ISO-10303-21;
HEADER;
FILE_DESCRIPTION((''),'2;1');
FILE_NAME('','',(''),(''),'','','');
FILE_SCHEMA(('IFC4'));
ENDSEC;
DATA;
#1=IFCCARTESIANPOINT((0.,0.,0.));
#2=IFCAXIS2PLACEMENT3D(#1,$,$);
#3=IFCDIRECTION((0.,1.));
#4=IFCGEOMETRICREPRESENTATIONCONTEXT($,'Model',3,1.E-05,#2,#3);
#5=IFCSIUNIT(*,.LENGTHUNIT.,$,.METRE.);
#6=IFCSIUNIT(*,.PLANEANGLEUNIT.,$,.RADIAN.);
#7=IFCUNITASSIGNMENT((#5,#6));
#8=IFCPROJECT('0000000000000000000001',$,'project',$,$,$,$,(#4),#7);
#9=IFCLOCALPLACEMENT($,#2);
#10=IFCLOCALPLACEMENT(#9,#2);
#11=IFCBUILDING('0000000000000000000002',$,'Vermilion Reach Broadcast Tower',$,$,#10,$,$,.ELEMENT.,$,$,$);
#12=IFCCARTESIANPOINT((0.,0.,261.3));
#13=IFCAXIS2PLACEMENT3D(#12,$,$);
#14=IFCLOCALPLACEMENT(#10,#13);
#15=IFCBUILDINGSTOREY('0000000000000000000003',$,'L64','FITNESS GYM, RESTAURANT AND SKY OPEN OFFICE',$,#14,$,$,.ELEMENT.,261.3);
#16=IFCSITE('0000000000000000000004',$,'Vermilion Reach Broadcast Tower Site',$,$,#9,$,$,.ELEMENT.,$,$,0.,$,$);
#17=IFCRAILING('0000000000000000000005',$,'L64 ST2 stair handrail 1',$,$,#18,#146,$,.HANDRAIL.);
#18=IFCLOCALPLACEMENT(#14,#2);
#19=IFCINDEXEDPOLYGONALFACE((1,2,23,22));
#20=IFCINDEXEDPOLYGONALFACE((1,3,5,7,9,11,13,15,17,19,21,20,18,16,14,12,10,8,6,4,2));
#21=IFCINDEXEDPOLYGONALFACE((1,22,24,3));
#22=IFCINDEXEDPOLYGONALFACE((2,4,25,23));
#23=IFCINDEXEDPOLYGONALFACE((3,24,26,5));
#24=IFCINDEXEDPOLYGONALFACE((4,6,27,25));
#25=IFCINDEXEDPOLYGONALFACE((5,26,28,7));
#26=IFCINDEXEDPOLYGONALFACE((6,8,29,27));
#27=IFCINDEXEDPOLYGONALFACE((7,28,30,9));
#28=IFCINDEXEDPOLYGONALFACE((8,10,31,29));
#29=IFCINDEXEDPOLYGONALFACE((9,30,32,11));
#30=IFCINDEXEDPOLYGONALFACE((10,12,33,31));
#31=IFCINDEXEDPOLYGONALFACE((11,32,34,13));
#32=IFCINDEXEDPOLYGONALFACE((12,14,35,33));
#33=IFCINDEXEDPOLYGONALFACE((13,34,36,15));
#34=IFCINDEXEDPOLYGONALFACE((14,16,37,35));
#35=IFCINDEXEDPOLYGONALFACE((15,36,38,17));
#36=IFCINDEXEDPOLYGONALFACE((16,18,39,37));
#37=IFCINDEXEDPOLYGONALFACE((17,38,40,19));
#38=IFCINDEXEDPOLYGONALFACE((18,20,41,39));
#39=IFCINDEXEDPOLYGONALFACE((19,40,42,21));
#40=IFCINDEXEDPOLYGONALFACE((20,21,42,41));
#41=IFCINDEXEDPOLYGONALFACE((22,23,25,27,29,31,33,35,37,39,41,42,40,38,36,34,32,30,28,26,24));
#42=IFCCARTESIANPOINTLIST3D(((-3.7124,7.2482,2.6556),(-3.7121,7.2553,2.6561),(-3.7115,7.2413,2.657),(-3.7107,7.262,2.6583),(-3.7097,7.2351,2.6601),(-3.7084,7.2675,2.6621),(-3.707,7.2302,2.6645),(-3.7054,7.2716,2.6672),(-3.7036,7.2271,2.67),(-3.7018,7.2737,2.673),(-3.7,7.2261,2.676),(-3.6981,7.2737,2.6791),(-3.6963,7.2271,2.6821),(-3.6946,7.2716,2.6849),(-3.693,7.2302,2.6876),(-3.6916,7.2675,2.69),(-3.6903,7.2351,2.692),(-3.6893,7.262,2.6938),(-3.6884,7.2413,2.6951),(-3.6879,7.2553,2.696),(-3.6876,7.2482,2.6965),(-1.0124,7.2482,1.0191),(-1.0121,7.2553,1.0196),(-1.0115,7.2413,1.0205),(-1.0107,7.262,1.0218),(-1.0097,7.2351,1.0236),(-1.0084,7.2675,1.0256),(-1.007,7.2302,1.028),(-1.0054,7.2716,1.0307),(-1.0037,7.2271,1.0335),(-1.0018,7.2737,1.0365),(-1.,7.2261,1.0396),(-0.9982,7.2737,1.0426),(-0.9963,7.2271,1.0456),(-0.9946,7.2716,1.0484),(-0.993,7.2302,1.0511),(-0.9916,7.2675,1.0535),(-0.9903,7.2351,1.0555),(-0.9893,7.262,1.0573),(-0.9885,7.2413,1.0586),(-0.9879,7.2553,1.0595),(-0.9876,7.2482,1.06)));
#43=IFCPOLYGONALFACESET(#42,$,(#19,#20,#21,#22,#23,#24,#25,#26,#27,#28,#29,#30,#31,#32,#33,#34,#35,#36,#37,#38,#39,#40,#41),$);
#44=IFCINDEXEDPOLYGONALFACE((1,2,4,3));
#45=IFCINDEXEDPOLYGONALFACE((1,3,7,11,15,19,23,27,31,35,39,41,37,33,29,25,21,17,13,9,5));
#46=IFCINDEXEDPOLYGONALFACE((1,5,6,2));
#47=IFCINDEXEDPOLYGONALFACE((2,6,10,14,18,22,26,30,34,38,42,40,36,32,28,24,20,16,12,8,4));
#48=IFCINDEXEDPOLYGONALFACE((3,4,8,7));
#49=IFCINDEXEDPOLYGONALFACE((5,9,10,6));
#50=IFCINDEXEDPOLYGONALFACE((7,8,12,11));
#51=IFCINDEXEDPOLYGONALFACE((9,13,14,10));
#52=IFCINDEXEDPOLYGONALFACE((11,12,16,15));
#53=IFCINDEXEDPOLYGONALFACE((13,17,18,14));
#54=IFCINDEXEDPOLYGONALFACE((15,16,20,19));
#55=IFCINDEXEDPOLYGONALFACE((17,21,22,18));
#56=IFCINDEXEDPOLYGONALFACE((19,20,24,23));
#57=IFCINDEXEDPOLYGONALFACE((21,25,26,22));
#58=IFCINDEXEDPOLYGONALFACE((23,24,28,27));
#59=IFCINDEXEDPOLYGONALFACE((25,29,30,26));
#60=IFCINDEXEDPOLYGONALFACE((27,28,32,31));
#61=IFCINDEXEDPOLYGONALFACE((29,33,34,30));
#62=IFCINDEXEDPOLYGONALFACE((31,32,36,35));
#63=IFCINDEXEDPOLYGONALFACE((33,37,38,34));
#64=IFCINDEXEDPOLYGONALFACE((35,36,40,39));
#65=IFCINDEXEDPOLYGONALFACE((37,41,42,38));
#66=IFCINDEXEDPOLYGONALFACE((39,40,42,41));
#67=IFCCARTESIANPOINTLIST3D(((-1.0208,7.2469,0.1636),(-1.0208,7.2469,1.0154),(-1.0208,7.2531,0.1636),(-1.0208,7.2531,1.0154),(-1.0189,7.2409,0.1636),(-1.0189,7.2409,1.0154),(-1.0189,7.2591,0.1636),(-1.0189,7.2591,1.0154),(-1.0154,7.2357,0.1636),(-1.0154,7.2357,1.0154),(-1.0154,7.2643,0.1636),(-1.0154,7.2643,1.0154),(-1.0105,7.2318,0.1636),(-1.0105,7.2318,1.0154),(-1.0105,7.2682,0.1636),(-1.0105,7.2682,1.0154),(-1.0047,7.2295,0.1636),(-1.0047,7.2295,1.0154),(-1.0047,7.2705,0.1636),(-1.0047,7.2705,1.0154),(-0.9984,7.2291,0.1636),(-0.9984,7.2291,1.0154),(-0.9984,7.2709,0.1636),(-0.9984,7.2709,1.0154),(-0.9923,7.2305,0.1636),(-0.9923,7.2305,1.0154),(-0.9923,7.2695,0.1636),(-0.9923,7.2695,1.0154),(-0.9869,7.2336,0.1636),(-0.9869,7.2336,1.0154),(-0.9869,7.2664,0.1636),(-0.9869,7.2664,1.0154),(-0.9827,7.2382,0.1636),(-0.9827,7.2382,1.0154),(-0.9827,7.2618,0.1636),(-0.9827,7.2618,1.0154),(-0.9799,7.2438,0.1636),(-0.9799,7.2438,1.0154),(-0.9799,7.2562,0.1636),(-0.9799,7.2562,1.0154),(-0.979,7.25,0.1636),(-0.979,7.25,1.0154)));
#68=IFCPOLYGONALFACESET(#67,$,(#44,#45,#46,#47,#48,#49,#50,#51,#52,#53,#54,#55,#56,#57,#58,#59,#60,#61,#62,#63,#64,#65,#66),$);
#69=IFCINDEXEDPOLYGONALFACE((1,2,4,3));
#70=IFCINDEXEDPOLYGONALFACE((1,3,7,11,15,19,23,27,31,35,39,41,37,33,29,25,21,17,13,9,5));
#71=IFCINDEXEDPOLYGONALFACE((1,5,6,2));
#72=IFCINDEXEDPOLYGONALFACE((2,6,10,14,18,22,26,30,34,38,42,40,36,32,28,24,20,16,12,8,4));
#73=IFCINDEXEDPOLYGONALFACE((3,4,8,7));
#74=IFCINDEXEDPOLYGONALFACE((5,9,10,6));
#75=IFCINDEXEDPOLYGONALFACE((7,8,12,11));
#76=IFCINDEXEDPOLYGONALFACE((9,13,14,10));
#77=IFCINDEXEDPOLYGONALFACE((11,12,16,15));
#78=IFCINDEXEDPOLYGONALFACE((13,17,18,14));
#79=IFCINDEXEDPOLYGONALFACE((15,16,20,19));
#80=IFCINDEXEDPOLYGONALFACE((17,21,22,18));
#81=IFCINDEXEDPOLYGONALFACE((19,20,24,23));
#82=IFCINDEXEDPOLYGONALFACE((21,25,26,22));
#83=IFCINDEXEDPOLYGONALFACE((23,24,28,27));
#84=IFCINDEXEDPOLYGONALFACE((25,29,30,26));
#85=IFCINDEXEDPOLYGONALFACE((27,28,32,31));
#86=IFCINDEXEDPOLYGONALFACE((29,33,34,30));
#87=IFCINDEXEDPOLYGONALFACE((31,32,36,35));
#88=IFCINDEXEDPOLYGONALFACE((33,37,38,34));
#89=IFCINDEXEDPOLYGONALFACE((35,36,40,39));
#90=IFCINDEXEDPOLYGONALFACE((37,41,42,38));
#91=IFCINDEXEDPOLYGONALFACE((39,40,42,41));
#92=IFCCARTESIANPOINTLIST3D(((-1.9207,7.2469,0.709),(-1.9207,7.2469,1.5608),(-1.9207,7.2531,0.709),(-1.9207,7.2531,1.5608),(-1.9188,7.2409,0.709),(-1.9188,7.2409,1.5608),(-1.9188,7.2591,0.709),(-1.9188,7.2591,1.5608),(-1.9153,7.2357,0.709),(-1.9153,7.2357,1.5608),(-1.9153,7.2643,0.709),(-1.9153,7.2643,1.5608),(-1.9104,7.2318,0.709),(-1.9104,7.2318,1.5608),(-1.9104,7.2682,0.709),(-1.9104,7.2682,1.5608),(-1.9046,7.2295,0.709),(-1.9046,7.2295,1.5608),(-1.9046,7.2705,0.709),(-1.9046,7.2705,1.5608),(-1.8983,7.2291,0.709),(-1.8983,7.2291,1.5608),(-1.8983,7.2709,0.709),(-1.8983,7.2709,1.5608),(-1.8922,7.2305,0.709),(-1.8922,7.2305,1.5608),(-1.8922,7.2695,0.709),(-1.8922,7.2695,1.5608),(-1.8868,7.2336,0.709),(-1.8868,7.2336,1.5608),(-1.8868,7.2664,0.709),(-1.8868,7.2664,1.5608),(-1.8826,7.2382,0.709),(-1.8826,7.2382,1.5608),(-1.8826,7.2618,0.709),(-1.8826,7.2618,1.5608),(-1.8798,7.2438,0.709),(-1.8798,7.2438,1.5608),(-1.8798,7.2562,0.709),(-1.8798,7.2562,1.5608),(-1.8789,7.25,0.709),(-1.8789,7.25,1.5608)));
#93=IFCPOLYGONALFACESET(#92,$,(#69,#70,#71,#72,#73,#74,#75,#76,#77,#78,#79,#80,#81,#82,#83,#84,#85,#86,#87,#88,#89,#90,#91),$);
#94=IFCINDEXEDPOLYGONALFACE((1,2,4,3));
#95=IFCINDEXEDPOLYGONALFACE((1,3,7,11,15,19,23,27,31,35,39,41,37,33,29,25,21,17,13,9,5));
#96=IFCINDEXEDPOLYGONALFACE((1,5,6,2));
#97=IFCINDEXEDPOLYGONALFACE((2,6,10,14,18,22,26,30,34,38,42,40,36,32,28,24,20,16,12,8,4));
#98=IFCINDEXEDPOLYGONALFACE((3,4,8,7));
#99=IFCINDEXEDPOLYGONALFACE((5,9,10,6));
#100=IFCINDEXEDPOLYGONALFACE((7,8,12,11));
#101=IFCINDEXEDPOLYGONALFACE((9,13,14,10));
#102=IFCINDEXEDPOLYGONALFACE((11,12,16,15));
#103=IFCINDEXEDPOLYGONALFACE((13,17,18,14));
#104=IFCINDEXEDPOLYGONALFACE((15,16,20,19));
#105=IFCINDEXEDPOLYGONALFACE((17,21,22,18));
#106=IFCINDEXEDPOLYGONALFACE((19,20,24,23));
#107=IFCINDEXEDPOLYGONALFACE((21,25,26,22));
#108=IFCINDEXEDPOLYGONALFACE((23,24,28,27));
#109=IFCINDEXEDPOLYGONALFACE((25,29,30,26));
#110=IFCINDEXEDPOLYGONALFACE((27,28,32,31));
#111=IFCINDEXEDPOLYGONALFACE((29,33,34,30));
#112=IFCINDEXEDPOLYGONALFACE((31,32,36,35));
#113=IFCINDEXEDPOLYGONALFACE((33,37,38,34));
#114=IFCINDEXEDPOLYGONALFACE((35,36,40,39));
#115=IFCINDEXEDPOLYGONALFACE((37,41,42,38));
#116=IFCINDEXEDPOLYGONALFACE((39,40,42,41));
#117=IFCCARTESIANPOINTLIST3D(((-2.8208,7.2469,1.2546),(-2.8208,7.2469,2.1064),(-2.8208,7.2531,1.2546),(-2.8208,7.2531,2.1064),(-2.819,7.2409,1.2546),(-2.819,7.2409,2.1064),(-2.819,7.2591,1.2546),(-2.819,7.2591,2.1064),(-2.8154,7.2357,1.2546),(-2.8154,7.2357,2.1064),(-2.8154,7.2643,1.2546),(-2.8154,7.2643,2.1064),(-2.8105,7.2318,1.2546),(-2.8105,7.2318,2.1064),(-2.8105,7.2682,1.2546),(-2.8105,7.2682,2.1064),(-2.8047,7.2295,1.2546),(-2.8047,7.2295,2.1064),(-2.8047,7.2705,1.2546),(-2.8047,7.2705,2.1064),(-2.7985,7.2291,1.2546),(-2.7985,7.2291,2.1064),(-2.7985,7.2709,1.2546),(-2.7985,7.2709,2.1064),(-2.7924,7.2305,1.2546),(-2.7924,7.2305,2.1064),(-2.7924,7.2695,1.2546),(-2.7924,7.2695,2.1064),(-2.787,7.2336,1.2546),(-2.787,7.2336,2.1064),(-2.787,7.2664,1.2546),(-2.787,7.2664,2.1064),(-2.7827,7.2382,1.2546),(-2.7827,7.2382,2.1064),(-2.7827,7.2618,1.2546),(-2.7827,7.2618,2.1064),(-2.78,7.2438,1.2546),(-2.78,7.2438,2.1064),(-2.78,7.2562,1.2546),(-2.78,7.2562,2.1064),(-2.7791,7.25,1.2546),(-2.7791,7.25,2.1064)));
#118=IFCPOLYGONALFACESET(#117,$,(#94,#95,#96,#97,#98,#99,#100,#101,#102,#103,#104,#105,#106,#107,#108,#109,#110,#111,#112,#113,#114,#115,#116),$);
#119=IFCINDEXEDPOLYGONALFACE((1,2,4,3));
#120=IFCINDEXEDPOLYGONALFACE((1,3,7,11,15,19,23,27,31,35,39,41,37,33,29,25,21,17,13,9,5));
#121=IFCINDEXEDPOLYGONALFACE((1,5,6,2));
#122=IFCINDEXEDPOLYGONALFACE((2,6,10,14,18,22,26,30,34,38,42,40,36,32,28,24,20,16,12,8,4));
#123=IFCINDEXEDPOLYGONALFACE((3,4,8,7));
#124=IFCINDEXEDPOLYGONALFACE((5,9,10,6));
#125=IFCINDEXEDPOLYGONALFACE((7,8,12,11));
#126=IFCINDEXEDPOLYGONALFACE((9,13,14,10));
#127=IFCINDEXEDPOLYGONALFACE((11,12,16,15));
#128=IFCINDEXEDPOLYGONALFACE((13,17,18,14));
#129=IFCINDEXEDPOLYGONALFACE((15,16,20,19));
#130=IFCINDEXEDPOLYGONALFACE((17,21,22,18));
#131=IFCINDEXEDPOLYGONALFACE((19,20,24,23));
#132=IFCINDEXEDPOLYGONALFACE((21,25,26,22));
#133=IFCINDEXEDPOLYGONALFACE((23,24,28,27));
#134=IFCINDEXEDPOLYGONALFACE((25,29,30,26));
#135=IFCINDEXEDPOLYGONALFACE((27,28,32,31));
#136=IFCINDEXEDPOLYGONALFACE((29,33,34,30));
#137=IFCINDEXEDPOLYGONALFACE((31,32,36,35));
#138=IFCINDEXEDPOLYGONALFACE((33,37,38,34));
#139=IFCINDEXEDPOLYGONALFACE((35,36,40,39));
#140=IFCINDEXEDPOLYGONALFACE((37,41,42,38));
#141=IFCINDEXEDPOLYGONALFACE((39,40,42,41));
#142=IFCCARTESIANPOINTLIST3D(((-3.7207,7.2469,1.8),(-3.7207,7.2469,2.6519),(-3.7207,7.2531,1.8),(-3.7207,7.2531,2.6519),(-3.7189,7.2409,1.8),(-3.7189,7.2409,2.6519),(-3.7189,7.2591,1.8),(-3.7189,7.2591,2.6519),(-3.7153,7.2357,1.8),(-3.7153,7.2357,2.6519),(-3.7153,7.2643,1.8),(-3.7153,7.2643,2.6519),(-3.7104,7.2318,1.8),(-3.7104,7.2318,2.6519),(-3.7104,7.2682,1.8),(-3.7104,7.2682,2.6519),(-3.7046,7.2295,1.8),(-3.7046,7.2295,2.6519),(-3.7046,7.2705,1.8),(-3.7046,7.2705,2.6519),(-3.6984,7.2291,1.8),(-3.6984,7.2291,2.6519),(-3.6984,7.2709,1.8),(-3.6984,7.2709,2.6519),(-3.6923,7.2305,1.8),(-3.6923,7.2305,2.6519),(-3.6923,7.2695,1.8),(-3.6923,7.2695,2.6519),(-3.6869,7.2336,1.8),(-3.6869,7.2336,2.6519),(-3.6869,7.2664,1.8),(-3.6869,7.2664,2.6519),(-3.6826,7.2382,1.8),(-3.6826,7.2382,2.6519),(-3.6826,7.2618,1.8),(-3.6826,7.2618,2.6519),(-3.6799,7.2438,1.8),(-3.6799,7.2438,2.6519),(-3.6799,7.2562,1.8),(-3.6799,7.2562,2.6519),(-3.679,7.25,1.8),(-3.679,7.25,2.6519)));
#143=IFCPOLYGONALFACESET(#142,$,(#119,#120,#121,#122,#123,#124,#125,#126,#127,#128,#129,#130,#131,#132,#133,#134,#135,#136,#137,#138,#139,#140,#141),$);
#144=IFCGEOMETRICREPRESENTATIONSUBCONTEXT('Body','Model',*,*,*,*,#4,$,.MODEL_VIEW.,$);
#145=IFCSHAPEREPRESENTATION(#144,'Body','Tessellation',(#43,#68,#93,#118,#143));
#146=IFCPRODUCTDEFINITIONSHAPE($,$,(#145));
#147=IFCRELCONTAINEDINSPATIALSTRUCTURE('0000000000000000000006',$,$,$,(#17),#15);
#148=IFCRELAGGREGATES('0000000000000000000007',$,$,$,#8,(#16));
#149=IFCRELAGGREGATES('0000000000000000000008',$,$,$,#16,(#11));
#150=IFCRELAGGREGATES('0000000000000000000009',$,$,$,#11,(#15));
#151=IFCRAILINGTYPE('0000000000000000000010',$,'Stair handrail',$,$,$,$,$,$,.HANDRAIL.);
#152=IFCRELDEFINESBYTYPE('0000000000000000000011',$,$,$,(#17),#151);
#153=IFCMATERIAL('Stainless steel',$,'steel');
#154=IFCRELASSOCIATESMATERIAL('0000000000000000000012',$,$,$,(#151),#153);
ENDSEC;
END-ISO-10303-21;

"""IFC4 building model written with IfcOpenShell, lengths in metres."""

from ifc_helpers import new_model, si_unit, direction, frame, origin, origin_2d, place, context, subcontext, project, spatial, circle, extrude, material, type_object, element, save


model = new_model("IFC4")

# Units and contexts
model_context = context("Model", 3, precision=1e-05, world=origin(), true_north=direction((0.0, 1.0)))
body_context = subcontext(model_context, "Body", "Model", "MODEL_VIEW")
ifc_project = project(units=[si_unit("LENGTHUNIT", "METRE"), si_unit("PLANEANGLEUNIT", "RADIAN")], contexts=[model_context])

# Site, building, storey
site_placement = place(None, origin())
site = spatial("IfcSite", under=ifc_project, at=site_placement, Name="Vermilion Reach Broadcast Tower Site", CompositionType="ELEMENT", RefElevation=0.0)
building_placement = place(site_placement, origin())
building = spatial("IfcBuilding", under=site, at=building_placement, Name="Vermilion Reach Broadcast Tower", CompositionType="ELEMENT")
storey_placement = place(building_placement, frame((0.0, 0.0, 261.3)))
storey = spatial("IfcBuildingStorey", under=building, at=storey_placement, Name="L64", Description="FITNESS GYM, RESTAURANT AND SKY OPEN OFFICE", CompositionType="ELEMENT", Elevation=261.3)

# Railing
ifc_material_1 = material(Name="Stainless steel", Category="steel")
railing_type_1 = type_object("IfcRailingType", Name="Stair handrail", PredefinedType="HANDRAIL", material=ifc_material_1)
railing_1_placement = place(storey_placement, frame((-1.0, 7.25, 0.1636)))
element("IfcRailing", 1, at=railing_1_placement, inside=storey, type_object=railing_type_1, Name="L64 ST2 stair handrail 1", PredefinedType="HANDRAIL", context=body_context, shape_type="SweptSolid", body=[
    extrude(circle(Radius=0.0239, at=origin_2d()), frame((0.0, 0.0, 0.876), z_axis=(-0.855178, 0.0, 0.518334), x_axis=(0.0, -1.0, 0.0)), (0.0, 0.0, 1.0), 3.1572),
    extrude(circle(Radius=0.021, at=origin_2d()), origin(), (0.0, 0.0, 1.0), 0.8518),
    extrude(circle(Radius=0.021, at=origin_2d()), frame((-0.8999, 0.0, 0.5454)), (0.0, 0.0, 1.0), 0.8518),
    extrude(circle(Radius=0.021, at=origin_2d()), frame((-1.8, 0.0, 1.0911)), (0.0, 0.0, 1.0), 0.8518),
    extrude(circle(Radius=0.021, at=origin_2d()), frame((-2.7, 0.0, 1.6365)), (0.0, 0.0, 1.0), 0.8518),
])

save(model, "model.ifc")
